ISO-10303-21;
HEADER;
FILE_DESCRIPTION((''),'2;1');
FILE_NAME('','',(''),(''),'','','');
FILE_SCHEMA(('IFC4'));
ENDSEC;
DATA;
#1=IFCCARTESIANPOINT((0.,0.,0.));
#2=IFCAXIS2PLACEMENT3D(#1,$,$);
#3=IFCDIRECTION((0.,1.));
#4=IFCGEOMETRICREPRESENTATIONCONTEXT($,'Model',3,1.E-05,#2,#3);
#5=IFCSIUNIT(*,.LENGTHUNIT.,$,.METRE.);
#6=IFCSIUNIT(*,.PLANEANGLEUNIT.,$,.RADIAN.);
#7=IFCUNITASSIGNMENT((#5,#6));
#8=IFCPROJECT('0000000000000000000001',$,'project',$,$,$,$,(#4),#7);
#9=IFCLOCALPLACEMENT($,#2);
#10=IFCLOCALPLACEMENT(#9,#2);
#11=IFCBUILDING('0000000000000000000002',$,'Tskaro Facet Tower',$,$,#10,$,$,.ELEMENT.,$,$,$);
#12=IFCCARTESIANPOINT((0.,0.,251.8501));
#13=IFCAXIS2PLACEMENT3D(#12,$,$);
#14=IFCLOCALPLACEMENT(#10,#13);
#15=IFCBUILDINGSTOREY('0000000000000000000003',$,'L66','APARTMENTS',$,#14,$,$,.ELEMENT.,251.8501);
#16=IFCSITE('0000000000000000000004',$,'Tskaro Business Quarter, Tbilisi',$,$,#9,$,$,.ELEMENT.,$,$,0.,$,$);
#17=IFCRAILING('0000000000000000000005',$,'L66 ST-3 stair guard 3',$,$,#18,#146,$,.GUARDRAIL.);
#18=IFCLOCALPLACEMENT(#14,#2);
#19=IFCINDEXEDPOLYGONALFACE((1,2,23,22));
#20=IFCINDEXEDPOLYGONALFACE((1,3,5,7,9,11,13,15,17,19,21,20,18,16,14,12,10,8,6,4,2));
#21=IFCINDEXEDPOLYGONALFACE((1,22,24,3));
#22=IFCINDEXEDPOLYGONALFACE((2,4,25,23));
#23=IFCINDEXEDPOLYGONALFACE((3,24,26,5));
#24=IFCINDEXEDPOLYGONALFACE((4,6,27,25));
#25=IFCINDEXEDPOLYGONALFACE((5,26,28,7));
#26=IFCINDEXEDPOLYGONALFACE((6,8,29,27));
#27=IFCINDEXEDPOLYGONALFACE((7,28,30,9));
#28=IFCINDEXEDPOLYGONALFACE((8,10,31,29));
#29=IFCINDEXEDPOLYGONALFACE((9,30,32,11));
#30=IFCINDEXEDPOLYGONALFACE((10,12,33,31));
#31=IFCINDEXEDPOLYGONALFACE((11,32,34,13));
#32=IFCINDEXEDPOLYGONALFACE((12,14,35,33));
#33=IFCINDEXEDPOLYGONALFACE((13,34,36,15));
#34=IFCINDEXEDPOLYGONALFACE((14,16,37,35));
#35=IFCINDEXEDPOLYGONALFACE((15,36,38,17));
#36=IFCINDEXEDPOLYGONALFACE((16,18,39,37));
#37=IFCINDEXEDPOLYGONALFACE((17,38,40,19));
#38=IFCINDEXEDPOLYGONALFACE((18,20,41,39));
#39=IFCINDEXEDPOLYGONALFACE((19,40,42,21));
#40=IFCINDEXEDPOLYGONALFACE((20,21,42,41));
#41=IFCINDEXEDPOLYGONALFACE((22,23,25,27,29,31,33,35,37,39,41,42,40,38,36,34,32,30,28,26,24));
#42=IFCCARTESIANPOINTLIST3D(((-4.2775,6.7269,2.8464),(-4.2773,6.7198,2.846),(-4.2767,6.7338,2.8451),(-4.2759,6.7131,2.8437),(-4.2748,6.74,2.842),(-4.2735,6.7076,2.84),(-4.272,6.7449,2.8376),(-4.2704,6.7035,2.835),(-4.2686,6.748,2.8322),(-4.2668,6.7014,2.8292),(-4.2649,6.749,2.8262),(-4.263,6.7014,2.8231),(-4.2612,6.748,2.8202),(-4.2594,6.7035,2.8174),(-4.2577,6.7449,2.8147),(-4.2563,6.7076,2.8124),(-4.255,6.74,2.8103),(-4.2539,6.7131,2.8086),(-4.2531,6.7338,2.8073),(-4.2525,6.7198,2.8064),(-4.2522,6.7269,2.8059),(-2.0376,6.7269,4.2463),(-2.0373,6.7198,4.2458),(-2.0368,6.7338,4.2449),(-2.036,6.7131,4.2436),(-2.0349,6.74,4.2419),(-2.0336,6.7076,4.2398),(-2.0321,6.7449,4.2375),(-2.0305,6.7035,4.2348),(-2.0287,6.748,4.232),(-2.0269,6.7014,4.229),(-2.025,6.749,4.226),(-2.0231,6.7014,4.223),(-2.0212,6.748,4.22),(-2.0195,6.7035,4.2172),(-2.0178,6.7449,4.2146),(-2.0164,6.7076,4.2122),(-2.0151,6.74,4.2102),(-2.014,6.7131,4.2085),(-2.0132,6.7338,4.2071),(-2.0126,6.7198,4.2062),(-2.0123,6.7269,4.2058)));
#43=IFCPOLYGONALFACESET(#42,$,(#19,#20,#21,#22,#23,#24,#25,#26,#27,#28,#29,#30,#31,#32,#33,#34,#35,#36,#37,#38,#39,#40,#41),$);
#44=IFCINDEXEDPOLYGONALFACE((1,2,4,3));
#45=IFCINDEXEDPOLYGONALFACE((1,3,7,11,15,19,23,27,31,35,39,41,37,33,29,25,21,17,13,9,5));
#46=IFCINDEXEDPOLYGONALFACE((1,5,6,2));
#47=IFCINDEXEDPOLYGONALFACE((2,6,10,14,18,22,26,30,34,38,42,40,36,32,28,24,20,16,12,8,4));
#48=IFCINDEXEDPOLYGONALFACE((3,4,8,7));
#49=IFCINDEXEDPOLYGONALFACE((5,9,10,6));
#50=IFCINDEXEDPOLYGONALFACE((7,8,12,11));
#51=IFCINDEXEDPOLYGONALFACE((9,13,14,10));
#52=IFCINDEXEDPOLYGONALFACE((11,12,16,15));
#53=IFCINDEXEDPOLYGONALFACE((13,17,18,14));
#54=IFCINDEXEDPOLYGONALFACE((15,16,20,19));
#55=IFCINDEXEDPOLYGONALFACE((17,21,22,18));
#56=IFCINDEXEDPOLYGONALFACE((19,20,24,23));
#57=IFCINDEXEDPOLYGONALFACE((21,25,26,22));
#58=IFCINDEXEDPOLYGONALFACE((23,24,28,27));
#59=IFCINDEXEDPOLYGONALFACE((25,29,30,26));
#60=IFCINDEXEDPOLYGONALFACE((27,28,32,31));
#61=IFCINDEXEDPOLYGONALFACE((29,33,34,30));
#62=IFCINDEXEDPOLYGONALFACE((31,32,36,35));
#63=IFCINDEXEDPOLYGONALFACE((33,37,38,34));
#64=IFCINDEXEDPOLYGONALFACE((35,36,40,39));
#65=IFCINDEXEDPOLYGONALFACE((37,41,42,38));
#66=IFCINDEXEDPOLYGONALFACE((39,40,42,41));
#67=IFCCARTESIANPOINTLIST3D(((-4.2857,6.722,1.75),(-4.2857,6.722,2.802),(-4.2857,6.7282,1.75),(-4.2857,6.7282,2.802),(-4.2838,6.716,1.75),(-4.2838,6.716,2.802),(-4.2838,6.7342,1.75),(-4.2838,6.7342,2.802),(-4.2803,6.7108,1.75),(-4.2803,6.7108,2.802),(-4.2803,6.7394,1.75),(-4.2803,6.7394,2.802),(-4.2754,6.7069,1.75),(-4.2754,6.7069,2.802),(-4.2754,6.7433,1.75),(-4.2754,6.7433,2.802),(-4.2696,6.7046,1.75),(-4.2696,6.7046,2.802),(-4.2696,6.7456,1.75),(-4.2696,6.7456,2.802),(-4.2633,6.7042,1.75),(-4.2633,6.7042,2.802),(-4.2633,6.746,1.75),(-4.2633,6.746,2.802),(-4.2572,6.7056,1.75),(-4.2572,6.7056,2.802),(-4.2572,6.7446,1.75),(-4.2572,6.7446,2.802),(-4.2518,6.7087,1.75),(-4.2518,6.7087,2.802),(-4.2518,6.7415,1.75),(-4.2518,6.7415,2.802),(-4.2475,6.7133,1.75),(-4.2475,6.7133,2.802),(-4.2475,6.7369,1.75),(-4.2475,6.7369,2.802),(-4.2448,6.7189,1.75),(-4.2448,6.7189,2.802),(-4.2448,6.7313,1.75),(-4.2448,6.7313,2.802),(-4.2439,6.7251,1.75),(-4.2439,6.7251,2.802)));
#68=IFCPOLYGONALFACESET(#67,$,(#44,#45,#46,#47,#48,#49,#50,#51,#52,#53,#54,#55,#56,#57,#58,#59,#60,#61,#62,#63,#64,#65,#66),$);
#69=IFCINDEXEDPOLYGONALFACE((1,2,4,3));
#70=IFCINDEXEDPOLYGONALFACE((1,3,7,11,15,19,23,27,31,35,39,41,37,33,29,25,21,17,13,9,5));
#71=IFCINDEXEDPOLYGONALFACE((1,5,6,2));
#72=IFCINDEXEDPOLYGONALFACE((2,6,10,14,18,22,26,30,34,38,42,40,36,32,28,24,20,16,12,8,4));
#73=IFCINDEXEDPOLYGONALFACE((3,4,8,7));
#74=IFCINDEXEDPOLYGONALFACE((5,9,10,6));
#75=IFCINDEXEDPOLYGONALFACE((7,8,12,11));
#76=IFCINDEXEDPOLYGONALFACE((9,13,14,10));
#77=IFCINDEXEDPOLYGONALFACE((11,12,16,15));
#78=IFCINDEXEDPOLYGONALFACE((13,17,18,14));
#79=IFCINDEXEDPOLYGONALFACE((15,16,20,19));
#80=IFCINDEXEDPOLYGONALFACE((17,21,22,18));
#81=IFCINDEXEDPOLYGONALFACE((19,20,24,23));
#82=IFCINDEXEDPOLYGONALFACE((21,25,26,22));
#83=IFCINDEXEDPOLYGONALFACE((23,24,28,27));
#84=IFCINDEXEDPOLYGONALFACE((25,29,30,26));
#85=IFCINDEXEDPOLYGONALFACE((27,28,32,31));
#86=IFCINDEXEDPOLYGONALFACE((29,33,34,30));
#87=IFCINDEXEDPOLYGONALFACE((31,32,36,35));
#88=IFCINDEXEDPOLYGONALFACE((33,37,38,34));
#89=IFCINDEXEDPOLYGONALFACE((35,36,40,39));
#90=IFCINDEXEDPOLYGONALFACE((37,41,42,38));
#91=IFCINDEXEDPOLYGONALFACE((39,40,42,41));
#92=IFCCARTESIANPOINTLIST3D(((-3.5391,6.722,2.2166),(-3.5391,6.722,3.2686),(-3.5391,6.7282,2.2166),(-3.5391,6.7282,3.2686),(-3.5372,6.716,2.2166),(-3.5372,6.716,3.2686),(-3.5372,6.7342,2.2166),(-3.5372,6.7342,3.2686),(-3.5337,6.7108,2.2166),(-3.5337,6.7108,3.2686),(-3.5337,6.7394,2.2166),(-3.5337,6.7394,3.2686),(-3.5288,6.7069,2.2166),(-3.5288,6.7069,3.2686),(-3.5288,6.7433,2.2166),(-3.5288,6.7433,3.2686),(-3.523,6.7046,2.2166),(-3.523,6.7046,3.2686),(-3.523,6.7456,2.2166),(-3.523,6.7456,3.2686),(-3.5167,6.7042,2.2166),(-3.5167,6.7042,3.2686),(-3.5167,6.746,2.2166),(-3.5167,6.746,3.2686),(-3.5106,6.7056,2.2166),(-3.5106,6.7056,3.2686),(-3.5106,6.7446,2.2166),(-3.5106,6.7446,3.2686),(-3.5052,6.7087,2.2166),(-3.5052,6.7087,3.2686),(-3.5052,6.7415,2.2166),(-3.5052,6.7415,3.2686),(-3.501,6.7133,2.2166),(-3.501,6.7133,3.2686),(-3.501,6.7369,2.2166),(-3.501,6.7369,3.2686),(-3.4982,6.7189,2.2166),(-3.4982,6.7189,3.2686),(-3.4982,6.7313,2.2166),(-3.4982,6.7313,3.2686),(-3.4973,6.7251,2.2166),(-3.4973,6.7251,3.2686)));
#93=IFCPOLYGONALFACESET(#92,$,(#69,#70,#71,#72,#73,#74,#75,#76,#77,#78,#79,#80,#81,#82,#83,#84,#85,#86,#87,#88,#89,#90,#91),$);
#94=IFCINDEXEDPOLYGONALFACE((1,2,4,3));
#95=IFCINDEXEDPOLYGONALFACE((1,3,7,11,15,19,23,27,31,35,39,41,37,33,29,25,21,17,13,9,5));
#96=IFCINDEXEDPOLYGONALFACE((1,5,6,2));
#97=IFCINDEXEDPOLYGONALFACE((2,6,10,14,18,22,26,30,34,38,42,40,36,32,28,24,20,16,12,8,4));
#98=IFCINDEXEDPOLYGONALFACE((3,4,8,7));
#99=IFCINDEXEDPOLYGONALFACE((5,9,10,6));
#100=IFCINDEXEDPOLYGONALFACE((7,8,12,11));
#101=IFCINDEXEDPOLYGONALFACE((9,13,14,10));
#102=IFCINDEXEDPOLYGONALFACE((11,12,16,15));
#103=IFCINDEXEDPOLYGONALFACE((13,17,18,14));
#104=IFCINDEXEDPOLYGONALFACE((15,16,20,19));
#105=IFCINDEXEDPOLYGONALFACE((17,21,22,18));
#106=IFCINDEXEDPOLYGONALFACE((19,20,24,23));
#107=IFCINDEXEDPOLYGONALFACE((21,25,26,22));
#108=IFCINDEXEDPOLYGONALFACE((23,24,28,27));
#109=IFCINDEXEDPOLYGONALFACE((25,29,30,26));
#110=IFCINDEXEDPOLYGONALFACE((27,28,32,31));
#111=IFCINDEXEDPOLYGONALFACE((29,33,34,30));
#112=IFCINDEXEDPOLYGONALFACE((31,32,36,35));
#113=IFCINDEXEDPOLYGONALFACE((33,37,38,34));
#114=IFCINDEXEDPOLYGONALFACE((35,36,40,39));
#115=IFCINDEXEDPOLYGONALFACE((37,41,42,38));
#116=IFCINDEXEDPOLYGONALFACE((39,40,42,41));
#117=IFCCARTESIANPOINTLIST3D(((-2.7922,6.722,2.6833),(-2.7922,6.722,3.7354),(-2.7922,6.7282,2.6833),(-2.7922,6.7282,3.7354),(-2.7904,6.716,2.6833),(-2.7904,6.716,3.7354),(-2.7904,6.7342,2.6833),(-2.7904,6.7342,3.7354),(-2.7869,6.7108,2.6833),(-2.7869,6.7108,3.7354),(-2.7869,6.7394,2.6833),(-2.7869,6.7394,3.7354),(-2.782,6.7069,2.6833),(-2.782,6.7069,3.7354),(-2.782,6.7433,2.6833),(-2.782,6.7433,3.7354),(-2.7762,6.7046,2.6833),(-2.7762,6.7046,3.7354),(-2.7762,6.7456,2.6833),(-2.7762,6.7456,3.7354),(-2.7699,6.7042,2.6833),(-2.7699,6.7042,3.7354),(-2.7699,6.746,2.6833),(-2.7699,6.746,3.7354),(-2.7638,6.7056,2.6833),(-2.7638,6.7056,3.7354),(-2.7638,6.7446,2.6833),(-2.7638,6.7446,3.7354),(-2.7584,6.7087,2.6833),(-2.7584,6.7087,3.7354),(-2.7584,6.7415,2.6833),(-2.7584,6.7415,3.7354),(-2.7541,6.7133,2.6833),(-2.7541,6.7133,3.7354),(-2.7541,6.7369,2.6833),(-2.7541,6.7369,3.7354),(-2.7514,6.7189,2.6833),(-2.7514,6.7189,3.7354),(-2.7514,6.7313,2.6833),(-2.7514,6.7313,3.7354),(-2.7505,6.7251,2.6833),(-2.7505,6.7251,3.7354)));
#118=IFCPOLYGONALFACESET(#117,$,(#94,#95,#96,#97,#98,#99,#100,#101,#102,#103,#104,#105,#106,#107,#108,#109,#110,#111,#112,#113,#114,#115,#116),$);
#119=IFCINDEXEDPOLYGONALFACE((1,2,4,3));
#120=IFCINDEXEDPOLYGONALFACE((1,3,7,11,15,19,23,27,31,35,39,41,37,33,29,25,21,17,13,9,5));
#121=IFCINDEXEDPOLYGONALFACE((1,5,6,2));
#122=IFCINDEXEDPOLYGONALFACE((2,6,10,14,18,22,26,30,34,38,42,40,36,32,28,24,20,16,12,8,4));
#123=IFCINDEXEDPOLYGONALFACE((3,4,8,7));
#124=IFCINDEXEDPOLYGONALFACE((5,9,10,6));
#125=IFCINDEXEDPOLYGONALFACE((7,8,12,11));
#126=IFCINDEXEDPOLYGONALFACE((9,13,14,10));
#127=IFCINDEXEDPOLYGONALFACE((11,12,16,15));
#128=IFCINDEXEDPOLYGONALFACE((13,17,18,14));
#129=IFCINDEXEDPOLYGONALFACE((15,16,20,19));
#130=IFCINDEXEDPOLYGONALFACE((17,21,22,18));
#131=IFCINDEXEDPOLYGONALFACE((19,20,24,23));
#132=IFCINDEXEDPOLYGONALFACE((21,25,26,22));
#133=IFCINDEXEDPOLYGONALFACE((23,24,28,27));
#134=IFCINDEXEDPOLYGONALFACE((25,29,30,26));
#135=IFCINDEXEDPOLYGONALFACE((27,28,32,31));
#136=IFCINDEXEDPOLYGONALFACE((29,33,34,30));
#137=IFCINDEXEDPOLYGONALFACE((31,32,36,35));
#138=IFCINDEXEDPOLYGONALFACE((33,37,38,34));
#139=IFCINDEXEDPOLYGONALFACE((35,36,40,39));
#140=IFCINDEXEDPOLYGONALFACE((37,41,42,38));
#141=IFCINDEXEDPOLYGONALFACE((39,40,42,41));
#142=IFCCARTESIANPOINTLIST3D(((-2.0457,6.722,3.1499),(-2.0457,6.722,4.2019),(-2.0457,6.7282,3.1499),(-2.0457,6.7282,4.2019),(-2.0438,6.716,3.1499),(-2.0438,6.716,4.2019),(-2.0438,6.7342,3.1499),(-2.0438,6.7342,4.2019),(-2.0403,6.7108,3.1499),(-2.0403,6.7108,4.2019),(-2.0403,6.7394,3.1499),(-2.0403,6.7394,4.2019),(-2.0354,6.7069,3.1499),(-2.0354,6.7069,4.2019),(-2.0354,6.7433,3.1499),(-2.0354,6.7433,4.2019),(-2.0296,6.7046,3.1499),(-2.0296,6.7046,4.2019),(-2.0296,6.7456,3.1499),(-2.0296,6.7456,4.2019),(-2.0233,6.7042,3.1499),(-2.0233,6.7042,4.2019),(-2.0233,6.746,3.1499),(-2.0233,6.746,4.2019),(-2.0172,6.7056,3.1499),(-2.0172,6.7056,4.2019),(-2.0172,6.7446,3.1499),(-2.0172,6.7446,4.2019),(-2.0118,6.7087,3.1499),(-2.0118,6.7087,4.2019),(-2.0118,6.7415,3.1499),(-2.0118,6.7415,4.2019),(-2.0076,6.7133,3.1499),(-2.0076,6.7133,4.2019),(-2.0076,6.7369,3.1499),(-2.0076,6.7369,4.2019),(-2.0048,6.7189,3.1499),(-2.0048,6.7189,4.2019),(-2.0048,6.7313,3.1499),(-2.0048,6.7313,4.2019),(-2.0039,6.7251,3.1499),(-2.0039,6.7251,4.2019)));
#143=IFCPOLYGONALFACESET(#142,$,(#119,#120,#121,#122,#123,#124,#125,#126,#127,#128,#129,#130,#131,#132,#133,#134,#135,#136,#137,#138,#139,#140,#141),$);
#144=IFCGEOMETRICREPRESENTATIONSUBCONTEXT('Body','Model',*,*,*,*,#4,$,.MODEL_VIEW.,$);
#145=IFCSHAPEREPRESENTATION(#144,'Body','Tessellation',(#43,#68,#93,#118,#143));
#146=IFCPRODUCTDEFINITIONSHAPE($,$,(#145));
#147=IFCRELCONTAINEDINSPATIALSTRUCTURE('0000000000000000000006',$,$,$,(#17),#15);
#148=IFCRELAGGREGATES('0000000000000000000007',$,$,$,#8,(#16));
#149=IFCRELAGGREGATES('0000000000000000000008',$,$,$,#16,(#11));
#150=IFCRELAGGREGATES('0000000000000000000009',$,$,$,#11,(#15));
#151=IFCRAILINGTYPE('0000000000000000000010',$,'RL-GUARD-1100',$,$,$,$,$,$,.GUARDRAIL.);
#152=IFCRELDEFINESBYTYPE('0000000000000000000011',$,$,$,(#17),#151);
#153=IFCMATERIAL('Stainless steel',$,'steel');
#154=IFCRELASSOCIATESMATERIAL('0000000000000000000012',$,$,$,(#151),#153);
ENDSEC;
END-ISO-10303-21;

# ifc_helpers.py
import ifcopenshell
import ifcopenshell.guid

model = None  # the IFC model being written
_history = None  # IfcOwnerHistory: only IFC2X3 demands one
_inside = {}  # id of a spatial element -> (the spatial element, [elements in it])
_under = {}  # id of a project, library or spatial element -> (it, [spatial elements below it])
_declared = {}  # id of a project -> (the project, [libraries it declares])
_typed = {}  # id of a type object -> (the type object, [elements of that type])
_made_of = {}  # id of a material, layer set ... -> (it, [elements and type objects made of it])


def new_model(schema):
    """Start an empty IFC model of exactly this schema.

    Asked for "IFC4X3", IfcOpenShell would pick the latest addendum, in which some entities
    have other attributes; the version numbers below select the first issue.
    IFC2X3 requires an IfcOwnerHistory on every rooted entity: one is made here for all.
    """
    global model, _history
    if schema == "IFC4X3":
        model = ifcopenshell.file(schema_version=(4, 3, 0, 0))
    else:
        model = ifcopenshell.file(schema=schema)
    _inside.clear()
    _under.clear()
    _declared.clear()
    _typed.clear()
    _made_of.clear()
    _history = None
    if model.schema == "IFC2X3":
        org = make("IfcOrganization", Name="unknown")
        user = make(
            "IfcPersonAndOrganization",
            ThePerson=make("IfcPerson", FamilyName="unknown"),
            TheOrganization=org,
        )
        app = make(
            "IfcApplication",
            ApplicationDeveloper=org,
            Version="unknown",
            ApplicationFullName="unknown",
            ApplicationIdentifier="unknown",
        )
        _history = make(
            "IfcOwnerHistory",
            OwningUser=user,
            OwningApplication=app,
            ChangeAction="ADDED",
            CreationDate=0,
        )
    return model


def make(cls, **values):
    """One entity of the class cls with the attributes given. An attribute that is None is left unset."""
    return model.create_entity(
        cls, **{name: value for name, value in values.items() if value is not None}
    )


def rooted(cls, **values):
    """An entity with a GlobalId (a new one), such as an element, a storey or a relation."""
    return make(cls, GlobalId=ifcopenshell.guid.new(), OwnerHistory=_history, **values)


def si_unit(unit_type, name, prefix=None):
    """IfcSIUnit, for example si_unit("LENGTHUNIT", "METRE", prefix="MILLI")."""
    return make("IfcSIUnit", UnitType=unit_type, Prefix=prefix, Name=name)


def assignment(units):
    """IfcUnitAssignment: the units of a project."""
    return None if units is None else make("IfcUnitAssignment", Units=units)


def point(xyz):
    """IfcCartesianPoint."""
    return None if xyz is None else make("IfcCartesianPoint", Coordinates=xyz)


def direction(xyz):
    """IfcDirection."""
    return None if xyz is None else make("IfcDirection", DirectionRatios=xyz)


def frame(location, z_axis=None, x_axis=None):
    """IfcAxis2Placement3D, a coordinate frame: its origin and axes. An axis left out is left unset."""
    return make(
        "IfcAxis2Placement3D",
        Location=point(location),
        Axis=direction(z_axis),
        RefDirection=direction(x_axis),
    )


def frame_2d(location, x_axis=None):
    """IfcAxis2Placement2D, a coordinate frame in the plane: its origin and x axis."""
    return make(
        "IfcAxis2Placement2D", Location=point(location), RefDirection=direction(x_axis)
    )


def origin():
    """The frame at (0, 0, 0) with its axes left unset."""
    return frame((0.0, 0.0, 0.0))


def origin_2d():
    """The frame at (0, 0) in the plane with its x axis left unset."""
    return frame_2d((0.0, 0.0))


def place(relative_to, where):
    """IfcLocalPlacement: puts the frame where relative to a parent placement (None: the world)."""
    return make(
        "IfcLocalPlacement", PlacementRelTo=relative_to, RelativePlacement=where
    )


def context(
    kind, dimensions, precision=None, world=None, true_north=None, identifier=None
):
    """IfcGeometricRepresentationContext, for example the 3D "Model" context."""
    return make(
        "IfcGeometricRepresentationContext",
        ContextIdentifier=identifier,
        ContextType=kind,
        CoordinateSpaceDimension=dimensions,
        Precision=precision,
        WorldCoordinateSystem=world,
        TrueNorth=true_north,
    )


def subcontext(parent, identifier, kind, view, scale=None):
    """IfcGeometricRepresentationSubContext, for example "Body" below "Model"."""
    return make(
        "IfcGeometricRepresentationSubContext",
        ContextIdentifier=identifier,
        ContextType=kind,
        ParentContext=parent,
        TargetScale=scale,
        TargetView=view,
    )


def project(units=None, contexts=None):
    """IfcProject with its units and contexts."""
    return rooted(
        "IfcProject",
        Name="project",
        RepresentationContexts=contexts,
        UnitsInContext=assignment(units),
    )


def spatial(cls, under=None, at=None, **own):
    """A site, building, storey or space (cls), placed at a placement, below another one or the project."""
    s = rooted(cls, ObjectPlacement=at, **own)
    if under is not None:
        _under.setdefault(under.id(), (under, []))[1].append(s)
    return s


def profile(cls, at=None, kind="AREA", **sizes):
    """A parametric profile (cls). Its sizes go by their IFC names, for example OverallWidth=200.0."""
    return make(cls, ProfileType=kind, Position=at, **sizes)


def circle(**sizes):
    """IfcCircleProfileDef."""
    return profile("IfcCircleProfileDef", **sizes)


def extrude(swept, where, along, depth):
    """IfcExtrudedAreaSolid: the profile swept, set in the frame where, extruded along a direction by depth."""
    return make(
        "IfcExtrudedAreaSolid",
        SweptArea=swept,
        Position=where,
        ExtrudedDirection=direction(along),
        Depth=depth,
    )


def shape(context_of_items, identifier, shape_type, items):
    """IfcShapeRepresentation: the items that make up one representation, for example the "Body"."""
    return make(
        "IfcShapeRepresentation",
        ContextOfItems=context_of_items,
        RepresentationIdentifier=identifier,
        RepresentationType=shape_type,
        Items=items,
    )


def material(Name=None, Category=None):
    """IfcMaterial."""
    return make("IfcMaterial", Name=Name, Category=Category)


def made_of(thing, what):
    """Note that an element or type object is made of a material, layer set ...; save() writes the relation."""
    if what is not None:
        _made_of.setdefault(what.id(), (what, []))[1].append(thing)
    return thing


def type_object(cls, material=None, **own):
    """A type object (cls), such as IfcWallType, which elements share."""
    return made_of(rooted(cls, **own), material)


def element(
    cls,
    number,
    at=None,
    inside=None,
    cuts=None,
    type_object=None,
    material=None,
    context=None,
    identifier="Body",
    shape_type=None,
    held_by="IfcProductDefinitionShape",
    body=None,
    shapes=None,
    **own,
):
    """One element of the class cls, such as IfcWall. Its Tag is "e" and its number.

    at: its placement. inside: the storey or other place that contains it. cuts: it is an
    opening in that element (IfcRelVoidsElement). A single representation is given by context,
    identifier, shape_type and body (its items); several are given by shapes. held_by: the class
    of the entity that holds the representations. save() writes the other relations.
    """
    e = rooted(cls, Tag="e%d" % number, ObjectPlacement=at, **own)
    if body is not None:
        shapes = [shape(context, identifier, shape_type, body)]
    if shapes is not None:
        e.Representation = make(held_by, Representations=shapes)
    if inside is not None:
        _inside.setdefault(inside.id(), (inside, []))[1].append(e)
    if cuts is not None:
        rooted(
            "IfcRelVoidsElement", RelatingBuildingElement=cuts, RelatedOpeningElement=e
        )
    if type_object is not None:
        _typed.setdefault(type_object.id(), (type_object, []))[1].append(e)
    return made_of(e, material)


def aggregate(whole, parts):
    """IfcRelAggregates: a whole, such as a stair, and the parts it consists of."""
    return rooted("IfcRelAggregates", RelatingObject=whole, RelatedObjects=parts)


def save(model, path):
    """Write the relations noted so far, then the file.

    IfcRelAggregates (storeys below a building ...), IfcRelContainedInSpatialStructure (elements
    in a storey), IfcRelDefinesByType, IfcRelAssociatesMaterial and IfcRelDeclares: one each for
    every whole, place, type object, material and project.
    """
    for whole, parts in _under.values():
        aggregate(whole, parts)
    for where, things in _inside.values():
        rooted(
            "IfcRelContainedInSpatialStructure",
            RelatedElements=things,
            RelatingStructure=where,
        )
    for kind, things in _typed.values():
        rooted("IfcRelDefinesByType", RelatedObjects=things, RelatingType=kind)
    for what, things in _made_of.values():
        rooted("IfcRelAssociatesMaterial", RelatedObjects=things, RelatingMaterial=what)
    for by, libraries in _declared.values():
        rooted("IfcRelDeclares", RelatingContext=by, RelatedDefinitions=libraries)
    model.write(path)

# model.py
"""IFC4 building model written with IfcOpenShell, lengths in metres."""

from ifc_helpers import new_model, si_unit, direction, frame, origin, origin_2d, place, context, subcontext, project, spatial, circle, extrude, material, type_object, element, save


model = new_model("IFC4")

# Units and contexts
model_context = context("Model", 3, precision=1e-05, world=origin(), true_north=direction((0.0, 1.0)))
body_context = subcontext(model_context, "Body", "Model", "MODEL_VIEW")
ifc_project = project(units=[si_unit("LENGTHUNIT", "METRE"), si_unit("PLANEANGLEUNIT", "RADIAN")], contexts=[model_context])

# Site, building, storey
site_placement = place(None, origin())
site = spatial("IfcSite", under=ifc_project, at=site_placement, Name="Tskaro Business Quarter, Tbilisi", CompositionType="ELEMENT", RefElevation=0.0)
building_placement = place(site_placement, origin())
building = spatial("IfcBuilding", under=site, at=building_placement, Name="Tskaro Facet Tower", CompositionType="ELEMENT")
storey_placement = place(building_placement, frame((0.0, 0.0, 251.8501)))
storey = spatial("IfcBuildingStorey", under=building, at=storey_placement, Name="L66", Description="APARTMENTS", CompositionType="ELEMENT", Elevation=251.8501)

# Railing
ifc_material_1 = material(Name="Stainless steel", Category="steel")
railing_type_1 = type_object("IfcRailingType", Name="RL-GUARD-1100", PredefinedType="GUARDRAIL", material=ifc_material_1)
railing_1_placement = place(storey_placement, frame((-4.2649, 6.7251, 1.75)))
element("IfcRailing", 1, at=railing_1_placement, inside=storey, type_object=railing_type_1, Name="L66 ST-3 stair guard 3", PredefinedType="GUARDRAIL", context=body_context, shape_type="SweptSolid", body=[
    extrude(circle(Radius=0.0239, at=origin_2d()), frame((0.0, 0.0, 1.0762), z_axis=(0.848014, 0.0, 0.529974), x_axis=(0.0, 1.0, 0.0)), (0.0, 0.0, 1.0), 2.6414),
    extrude(circle(Radius=0.021, at=origin_2d()), origin(), (0.0, 0.0, 1.0), 1.052),
    extrude(circle(Radius=0.021, at=origin_2d()), frame((0.7466, 0.0, 0.4666)), (0.0, 0.0, 1.0), 1.052),
    extrude(circle(Radius=0.021, at=origin_2d()), frame((1.4934, 0.0, 0.9333)), (0.0, 0.0, 1.0), 1.052),
    extrude(circle(Radius=0.021, at=origin_2d()), frame((2.24, 0.0, 1.3999)), (0.0, 0.0, 1.0), 1.052),
])

save(model, "model.ifc")
